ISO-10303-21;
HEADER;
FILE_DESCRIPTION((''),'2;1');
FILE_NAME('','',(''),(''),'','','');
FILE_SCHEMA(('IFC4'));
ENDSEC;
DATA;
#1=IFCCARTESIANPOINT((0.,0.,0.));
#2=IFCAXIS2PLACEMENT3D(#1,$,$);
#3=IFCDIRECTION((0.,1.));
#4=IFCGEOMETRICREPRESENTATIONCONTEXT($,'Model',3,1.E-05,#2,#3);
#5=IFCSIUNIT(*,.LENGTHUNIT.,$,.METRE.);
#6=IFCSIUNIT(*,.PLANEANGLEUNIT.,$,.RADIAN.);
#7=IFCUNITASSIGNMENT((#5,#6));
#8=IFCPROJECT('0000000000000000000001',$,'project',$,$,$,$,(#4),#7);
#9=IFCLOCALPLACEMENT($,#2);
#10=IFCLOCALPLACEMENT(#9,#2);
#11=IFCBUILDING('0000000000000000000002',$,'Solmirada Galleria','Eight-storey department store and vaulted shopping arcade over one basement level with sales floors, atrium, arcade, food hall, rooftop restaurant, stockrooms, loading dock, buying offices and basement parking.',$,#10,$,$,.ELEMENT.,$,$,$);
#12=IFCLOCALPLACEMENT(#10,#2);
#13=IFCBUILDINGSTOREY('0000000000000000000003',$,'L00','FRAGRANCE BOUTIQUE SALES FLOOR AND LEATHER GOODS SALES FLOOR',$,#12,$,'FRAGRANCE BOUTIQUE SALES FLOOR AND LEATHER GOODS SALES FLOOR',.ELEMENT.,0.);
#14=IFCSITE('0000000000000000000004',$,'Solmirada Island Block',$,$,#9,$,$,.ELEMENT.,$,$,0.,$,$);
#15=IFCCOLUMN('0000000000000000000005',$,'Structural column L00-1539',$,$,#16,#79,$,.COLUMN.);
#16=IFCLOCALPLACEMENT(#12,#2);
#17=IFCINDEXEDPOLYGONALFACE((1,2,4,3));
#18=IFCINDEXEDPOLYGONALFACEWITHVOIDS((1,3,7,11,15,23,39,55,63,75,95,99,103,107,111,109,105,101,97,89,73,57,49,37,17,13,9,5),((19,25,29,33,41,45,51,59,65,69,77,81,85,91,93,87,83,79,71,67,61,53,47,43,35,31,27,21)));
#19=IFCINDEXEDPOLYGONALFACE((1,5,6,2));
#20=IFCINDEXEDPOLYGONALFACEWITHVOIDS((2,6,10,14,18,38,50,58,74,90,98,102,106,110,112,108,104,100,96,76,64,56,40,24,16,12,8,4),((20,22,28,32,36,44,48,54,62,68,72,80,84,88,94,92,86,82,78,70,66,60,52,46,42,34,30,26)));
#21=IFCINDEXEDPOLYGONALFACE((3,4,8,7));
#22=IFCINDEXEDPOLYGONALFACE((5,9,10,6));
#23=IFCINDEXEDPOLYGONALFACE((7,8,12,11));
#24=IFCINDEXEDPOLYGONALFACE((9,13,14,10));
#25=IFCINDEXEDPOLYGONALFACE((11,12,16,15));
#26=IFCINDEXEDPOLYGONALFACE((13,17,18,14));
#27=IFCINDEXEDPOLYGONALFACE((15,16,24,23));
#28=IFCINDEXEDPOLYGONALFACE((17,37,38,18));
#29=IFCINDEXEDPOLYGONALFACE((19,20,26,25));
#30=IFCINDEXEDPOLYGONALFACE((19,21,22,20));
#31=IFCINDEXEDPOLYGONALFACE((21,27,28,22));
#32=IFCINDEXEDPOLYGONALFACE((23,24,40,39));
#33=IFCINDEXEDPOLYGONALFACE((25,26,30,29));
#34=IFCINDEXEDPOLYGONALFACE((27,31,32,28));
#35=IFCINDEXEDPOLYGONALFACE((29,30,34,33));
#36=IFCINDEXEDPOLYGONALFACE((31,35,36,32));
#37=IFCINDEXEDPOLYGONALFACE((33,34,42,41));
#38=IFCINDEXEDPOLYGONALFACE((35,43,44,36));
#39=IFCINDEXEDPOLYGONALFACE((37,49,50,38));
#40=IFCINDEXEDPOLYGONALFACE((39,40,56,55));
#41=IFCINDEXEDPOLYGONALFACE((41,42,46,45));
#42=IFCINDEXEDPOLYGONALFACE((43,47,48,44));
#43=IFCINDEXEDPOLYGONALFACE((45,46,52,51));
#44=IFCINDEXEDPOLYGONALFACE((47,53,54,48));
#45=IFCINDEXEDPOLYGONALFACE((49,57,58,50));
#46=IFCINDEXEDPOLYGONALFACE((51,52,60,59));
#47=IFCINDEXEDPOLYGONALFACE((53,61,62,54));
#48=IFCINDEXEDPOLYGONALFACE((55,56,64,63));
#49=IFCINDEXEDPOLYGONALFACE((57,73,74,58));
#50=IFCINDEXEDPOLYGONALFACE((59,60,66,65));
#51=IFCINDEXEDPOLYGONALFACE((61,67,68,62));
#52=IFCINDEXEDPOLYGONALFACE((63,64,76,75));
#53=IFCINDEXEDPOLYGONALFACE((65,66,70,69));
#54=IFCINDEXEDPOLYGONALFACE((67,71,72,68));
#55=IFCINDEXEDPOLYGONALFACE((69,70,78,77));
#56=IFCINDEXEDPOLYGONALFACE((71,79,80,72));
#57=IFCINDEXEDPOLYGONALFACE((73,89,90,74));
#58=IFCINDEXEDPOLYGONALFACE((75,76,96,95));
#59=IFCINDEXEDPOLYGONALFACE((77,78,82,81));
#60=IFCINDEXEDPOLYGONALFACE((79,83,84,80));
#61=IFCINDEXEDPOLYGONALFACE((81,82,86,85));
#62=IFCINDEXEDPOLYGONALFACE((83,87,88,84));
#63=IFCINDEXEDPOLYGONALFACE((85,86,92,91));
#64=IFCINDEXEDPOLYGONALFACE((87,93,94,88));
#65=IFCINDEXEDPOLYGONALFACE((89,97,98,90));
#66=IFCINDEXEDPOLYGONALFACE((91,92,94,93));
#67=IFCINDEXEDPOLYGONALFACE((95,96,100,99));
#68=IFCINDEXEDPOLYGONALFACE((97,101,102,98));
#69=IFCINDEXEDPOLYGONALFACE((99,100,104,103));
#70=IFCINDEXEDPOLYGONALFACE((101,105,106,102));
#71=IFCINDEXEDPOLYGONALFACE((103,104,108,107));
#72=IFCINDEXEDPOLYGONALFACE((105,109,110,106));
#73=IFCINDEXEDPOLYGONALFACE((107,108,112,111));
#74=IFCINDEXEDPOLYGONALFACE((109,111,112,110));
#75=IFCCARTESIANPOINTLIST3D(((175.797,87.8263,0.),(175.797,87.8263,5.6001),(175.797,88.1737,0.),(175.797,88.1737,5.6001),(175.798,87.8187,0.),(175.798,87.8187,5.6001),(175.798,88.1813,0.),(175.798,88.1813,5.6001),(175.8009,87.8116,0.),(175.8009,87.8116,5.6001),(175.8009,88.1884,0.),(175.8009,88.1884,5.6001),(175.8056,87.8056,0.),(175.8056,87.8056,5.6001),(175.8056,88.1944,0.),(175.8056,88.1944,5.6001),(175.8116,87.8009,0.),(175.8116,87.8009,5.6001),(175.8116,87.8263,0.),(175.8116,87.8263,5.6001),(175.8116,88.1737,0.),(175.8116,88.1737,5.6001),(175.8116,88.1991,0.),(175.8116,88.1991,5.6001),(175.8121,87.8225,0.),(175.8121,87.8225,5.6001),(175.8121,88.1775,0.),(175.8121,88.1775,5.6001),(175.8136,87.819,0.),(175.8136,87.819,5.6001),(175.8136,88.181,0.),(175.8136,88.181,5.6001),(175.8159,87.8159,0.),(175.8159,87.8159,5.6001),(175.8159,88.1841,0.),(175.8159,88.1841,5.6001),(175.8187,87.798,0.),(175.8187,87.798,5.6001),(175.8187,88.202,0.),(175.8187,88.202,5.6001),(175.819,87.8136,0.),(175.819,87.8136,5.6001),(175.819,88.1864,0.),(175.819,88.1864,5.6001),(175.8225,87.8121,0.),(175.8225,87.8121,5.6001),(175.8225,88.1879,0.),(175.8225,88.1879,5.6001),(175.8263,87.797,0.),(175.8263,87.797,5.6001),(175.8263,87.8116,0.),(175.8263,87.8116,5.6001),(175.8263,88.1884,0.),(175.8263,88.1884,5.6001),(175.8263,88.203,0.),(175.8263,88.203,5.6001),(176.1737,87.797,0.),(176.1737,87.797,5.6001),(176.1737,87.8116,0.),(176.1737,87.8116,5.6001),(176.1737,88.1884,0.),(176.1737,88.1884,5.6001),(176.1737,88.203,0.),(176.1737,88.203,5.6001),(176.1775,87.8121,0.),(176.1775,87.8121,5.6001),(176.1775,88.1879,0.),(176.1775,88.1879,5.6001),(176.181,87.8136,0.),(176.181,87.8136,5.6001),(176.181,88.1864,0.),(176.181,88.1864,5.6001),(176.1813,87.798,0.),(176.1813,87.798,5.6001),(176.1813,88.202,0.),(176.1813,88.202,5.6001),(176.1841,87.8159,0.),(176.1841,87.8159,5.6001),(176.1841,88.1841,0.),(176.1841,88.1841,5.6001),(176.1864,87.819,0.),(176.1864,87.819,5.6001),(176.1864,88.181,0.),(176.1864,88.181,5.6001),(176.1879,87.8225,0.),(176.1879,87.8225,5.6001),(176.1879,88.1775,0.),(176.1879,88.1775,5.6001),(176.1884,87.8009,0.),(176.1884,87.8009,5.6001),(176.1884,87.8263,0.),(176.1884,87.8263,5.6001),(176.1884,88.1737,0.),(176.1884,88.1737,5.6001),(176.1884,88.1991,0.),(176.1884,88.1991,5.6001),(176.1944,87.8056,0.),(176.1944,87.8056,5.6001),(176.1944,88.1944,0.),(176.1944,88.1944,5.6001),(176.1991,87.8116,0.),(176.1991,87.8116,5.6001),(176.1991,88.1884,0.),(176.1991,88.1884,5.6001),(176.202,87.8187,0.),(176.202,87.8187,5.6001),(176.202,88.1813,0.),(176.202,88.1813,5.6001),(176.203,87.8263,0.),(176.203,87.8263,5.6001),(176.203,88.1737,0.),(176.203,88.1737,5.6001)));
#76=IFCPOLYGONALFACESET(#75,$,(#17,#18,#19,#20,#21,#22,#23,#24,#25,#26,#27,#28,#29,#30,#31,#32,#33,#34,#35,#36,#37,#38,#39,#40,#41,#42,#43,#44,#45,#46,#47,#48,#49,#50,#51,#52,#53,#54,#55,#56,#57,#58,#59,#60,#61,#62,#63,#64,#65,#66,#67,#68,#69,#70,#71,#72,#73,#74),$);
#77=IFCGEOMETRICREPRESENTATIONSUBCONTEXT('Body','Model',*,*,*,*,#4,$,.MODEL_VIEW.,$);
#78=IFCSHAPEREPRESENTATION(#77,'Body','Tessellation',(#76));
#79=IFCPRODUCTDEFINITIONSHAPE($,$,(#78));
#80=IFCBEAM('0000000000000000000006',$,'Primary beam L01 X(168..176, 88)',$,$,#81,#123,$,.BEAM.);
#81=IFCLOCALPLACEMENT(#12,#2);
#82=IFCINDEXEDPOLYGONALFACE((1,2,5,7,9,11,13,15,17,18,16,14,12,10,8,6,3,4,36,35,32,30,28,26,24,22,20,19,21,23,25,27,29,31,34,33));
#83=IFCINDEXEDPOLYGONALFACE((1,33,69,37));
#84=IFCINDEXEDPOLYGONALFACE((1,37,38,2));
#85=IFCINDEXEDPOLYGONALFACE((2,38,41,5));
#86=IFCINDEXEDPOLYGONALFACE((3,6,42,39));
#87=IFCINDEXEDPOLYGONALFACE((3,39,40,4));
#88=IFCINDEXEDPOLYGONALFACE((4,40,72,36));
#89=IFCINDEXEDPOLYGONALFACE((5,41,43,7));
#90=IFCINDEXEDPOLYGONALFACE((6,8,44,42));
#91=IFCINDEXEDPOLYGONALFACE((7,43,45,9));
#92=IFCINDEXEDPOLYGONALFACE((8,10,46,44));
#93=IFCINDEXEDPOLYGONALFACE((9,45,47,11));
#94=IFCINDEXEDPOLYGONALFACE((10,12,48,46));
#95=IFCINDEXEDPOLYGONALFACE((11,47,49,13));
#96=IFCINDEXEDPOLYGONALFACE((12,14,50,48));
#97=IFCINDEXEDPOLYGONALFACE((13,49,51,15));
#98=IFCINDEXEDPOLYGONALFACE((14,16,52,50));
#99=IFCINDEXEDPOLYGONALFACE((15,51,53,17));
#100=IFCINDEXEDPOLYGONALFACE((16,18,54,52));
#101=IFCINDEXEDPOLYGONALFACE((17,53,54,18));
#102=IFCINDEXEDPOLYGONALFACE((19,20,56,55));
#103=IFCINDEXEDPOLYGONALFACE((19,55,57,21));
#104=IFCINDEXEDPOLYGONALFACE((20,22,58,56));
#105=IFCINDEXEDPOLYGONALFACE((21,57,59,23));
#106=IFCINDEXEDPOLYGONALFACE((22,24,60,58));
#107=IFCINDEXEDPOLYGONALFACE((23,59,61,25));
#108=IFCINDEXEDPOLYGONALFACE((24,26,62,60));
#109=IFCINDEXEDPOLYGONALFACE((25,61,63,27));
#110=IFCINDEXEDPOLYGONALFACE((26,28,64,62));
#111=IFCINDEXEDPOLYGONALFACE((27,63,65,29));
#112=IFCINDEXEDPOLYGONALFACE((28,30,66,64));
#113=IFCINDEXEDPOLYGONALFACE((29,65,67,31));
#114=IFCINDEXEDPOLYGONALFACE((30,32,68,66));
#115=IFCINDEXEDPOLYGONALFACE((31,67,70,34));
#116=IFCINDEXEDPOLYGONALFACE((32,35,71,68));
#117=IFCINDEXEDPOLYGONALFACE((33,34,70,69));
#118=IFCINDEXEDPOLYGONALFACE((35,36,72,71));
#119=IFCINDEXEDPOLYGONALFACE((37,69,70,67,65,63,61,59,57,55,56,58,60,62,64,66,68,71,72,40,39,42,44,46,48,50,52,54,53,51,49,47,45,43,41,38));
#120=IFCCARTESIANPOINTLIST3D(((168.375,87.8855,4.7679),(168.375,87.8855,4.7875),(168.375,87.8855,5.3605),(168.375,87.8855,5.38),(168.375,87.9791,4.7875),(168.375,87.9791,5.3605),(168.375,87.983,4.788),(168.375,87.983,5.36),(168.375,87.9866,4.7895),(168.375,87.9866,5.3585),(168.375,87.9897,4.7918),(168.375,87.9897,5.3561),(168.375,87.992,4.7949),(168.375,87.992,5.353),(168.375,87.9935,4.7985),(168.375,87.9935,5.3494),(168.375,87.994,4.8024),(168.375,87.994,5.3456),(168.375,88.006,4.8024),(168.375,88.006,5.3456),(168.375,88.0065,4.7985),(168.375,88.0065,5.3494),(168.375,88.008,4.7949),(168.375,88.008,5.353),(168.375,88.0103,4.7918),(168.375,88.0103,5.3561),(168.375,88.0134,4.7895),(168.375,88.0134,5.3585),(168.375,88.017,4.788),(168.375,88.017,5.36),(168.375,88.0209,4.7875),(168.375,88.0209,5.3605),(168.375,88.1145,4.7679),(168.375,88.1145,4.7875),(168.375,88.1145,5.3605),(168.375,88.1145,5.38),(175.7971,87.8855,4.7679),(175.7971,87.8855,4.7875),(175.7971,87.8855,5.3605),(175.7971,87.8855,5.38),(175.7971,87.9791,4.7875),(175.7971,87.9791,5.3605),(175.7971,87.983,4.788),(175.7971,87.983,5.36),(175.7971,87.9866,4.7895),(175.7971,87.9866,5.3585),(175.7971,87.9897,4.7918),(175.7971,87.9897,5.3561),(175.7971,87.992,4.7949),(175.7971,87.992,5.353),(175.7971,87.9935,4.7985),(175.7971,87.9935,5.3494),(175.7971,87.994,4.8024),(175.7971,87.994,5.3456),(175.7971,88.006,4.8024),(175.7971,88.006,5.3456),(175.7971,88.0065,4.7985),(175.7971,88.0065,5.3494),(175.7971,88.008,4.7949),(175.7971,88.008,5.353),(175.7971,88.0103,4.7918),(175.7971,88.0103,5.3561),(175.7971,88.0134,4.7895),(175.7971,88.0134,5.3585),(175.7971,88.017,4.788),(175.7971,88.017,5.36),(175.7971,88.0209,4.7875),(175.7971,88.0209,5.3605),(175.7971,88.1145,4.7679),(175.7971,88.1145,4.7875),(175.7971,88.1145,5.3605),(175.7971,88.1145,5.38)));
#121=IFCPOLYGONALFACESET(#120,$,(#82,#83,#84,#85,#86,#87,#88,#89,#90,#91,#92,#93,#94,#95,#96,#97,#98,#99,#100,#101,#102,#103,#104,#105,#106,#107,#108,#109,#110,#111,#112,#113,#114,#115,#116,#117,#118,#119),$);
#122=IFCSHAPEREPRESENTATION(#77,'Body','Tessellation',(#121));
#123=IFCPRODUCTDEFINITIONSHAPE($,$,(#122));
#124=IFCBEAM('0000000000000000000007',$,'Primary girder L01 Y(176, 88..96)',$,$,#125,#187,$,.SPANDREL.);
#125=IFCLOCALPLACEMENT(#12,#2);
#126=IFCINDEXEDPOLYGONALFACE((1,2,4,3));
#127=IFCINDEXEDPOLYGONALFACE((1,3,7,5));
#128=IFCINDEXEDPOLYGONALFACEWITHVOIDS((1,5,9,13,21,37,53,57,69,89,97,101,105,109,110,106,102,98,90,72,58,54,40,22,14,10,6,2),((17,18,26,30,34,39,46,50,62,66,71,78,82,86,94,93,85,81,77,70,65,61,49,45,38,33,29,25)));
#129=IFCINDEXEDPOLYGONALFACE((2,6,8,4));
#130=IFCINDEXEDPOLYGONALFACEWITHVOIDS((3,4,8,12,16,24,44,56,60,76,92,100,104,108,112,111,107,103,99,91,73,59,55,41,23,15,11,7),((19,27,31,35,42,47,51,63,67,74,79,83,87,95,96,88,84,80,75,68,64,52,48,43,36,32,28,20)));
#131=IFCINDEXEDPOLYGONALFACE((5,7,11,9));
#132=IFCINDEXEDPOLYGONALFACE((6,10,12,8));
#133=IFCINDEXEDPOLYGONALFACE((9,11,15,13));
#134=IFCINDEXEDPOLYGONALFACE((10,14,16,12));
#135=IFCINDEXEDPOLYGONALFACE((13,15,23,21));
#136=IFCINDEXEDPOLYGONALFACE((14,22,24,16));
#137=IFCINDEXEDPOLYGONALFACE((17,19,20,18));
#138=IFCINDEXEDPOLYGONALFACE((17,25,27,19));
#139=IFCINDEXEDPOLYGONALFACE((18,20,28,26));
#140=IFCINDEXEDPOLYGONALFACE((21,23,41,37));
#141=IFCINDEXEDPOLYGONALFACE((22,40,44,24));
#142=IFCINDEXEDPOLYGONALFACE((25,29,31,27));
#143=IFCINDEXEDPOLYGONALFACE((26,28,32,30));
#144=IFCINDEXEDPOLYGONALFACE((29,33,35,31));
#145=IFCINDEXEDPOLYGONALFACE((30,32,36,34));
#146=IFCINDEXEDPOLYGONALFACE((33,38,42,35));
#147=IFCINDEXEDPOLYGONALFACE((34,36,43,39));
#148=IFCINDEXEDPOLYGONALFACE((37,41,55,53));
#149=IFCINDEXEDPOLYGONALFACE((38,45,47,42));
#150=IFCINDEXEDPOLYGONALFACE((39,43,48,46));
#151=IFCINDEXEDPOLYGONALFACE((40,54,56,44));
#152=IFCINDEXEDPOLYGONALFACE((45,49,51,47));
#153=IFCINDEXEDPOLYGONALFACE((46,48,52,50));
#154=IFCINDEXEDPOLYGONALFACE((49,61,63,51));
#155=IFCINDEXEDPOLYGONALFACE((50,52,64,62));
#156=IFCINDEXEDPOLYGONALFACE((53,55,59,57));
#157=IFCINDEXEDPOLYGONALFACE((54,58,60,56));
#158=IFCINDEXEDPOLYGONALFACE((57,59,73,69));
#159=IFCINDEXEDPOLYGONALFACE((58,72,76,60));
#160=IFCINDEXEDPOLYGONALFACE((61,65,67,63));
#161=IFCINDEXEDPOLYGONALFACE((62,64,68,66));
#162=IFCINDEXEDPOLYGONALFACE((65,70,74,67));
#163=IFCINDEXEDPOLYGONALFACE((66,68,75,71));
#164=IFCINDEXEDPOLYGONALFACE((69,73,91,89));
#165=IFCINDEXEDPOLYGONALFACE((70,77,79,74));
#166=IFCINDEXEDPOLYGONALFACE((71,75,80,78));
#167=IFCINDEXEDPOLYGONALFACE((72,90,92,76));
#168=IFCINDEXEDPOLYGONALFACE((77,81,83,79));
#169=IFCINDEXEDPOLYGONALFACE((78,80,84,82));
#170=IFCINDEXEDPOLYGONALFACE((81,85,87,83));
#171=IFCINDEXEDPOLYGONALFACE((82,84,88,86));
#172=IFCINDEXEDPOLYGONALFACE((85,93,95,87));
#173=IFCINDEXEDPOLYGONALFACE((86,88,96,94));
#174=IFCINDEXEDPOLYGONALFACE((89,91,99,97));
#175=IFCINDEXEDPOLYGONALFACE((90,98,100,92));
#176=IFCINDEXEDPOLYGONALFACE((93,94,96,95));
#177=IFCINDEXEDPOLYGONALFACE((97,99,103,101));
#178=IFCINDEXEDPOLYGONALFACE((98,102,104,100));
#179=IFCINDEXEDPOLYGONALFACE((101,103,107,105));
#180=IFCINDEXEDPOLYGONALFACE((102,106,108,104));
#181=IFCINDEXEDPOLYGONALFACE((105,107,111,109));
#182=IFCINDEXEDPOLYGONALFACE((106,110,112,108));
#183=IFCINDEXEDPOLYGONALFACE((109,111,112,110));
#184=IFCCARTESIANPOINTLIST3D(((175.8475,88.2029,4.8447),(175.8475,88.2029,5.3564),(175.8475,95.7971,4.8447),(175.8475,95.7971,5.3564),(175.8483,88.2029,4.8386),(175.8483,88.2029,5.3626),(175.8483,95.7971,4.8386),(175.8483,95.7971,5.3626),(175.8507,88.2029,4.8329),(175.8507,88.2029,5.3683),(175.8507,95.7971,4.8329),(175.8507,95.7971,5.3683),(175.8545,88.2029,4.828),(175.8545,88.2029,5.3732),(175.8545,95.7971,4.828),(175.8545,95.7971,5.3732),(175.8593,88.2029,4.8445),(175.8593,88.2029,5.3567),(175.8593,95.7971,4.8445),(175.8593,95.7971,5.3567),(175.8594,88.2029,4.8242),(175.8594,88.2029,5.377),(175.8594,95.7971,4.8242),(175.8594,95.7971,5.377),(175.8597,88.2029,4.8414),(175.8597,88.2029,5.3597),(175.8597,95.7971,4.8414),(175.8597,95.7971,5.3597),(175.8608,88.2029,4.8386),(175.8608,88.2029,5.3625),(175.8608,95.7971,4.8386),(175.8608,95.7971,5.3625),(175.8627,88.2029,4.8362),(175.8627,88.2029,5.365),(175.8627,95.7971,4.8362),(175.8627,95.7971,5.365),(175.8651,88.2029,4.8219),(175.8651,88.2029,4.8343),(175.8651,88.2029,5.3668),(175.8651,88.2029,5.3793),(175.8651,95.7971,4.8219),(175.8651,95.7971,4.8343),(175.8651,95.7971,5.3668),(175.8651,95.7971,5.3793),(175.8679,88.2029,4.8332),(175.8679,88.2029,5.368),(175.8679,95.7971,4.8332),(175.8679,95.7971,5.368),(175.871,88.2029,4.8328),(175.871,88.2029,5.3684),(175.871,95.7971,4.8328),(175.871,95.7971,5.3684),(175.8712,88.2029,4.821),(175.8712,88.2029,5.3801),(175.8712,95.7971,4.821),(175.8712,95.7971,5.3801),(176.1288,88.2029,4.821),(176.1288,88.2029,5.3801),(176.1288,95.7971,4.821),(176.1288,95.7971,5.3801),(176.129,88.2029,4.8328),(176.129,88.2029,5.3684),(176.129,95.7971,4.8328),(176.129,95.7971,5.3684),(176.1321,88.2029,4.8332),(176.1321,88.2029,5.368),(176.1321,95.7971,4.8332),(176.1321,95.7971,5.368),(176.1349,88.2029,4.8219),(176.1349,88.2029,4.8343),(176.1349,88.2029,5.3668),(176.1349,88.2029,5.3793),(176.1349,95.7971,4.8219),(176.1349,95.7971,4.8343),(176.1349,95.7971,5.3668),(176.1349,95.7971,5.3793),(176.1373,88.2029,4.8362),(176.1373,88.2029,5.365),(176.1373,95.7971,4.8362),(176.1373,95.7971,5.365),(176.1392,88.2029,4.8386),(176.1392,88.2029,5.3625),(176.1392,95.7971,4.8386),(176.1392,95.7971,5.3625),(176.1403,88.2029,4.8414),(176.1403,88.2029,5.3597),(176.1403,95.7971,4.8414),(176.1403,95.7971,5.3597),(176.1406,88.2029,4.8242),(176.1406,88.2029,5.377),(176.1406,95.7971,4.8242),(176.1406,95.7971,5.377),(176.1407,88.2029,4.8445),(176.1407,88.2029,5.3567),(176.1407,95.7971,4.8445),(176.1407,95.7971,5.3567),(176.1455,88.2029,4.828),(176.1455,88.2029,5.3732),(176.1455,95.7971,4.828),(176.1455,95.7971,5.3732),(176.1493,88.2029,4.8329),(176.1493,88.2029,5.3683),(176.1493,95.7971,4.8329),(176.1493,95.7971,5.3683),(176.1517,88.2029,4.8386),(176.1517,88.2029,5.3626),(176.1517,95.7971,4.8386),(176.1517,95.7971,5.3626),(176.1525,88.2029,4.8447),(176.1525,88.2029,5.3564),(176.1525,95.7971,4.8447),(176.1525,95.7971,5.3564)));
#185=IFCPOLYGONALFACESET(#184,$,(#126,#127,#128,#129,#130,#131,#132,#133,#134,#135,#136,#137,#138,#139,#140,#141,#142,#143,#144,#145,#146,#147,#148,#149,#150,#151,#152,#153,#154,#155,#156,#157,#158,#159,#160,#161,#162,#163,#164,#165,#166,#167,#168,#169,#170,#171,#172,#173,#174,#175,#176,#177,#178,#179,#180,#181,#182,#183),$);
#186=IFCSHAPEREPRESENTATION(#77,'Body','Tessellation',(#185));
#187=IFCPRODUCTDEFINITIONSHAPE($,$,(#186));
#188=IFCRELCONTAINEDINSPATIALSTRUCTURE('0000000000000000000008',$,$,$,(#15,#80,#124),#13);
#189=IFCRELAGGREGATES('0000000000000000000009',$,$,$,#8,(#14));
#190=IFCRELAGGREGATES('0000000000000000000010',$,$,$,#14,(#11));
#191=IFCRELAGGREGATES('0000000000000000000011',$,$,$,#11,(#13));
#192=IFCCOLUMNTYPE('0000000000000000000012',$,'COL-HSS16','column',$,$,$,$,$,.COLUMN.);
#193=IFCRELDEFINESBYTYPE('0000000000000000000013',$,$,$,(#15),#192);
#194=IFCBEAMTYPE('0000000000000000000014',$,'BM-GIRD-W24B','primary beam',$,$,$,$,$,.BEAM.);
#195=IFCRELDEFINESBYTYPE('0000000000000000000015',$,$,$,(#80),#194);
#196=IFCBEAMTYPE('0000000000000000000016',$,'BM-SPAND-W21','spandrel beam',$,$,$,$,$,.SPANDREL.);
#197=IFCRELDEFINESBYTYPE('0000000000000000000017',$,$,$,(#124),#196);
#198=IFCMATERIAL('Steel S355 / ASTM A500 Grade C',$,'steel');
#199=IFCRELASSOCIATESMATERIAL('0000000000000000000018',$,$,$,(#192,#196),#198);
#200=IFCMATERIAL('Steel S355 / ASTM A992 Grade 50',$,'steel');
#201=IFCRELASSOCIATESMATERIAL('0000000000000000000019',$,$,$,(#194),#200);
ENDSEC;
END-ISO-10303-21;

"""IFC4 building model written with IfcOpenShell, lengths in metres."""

from ifc_helpers import new_model, si_unit, direction, frame, origin, origin_2d, place, context, subcontext, project, spatial, hollow_rectangle, i_section, extrude, material, material_profile, profile_set, type_object, element, save


model = new_model("IFC4")

# Units and contexts
model_context = context("Model", 3, precision=1e-05, world=origin(), true_north=direction((0.0, 1.0)))
body_context = subcontext(model_context, "Body", "Model", "MODEL_VIEW")
ifc_project = project(units=[si_unit("LENGTHUNIT", "METRE"), si_unit("PLANEANGLEUNIT", "RADIAN")], contexts=[model_context])

# Site, building, storey
site_placement = place(None, origin())
site = spatial("IfcSite", under=ifc_project, at=site_placement, Name="Solmirada Island Block", CompositionType="ELEMENT", RefElevation=0.0)
building_placement = place(site_placement, origin())
building = spatial("IfcBuilding", under=site, at=building_placement, Name="Solmirada Galleria", Description="Eight-storey department store and vaulted shopping arcade over one basement level with sales floors, atrium, arcade, food hall, rooftop restaurant, stockrooms, loading dock, buying offices and basement parking.", CompositionType="ELEMENT")
storey_placement = place(building_placement, origin())
storey = spatial("IfcBuildingStorey", under=building, at=storey_placement, Name="L00", Description="FRAGRANCE BOUTIQUE SALES FLOOR AND LEATHER GOODS SALES FLOOR", LongName="FRAGRANCE BOUTIQUE SALES FLOOR AND LEATHER GOODS SALES FLOOR", CompositionType="ELEMENT", Elevation=0.0)

# Column
ifc_material_1 = material(Name="Steel S355 / ASTM A500 Grade C", Category="steel")
ifc_material_profile_1 = material_profile(ifc_material_1, hollow_rectangle(XDim=0.406, YDim=0.406, WallThickness=0.0146, InnerFilletRadius=0.0146, OuterFilletRadius=0.0293, at=origin_2d()), Name="HSS16X16X5/8")
ifc_profile_set_1 = profile_set([ifc_material_profile_1], Name="Steel S355 / ASTM A500 Grade C")
column_type = type_object("IfcColumnType", Name="COL-HSS16", Description="column", PredefinedType="COLUMN", material=ifc_profile_set_1)
column_placement = place(storey_placement, frame((176.0, 88.0, 0.0), z_axis=(0.0, 0.0, 1.0), x_axis=(1.0, 0.0, 0.0)))
element("IfcColumn", 1, at=column_placement, inside=storey, type_object=column_type, Name="Structural column L00-1539", PredefinedType="COLUMN", context=body_context, shape_type="SweptSolid", body=[
    extrude(hollow_rectangle(XDim=0.406, YDim=0.406, WallThickness=0.0146, InnerFilletRadius=0.0146, OuterFilletRadius=0.0293, at=origin_2d()), origin(), (0.0, 0.0, 1.0), 5.6001),
])

# Beams
ifc_material_2 = material(Name="Steel S355 / ASTM A992 Grade 50", Category="steel")
ifc_material_profile_2 = material_profile(ifc_material_2, i_section(OverallWidth=0.229, OverallDepth=0.6121, WebThickness=0.012, FlangeThickness=0.0195, FilletRadius=0.0149, at=origin_2d()), Name="W24X84")
ifc_profile_set_2 = profile_set([ifc_material_profile_2], Name="Steel S355 / ASTM A992 Grade 50")
beam_type_1 = type_object("IfcBeamType", Name="BM-GIRD-W24B", Description="primary beam", PredefinedType="BEAM", material=ifc_profile_set_2)
beam_1_placement = place(storey_placement, frame((168.375, 88.0, 5.074), z_axis=(1.0, 0.0, 0.0), x_axis=(0.0, 1.0, 0.0)))
element("IfcBeam", 2, at=beam_1_placement, inside=storey, type_object=beam_type_1, Name="Primary beam L01 X(168..176, 88)", PredefinedType="BEAM", context=body_context, shape_type="SweptSolid", body=[
    extrude(i_section(OverallWidth=0.229, OverallDepth=0.6121, WebThickness=0.012, FlangeThickness=0.0195, FilletRadius=0.0149, at=origin_2d()), origin(), (0.0, 0.0, 1.0), 7.4221),
])
ifc_material_profile_3 = material_profile(ifc_material_1, hollow_rectangle(XDim=0.3049, YDim=0.5591, WallThickness=0.0117, InnerFilletRadius=0.0117, OuterFilletRadius=0.0237, at=origin_2d()), Name="HSS22X12X1/2")
ifc_profile_set_3 = profile_set([ifc_material_profile_3], Name="Steel S355 / ASTM A500 Grade C")
beam_type_2 = type_object("IfcBeamType", Name="BM-SPAND-W21", Description="spandrel beam", PredefinedType="SPANDREL", material=ifc_profile_set_3)
beam_2_placement = place(storey_placement, frame((176.0, 88.2029, 5.1006), z_axis=(0.0, 1.0, 0.0), x_axis=(-1.0, 0.0, 0.0)))
element("IfcBeam", 3, at=beam_2_placement, inside=storey, type_object=beam_type_2, Name="Primary girder L01 Y(176, 88..96)", PredefinedType="SPANDREL", context=body_context, shape_type="SweptSolid", body=[
    extrude(hollow_rectangle(XDim=0.3049, YDim=0.5591, WallThickness=0.0117, InnerFilletRadius=0.0117, OuterFilletRadius=0.0237, at=origin_2d()), origin(), (0.0, 0.0, 1.0), 7.5942),
])

save(model, "model.ifc")
